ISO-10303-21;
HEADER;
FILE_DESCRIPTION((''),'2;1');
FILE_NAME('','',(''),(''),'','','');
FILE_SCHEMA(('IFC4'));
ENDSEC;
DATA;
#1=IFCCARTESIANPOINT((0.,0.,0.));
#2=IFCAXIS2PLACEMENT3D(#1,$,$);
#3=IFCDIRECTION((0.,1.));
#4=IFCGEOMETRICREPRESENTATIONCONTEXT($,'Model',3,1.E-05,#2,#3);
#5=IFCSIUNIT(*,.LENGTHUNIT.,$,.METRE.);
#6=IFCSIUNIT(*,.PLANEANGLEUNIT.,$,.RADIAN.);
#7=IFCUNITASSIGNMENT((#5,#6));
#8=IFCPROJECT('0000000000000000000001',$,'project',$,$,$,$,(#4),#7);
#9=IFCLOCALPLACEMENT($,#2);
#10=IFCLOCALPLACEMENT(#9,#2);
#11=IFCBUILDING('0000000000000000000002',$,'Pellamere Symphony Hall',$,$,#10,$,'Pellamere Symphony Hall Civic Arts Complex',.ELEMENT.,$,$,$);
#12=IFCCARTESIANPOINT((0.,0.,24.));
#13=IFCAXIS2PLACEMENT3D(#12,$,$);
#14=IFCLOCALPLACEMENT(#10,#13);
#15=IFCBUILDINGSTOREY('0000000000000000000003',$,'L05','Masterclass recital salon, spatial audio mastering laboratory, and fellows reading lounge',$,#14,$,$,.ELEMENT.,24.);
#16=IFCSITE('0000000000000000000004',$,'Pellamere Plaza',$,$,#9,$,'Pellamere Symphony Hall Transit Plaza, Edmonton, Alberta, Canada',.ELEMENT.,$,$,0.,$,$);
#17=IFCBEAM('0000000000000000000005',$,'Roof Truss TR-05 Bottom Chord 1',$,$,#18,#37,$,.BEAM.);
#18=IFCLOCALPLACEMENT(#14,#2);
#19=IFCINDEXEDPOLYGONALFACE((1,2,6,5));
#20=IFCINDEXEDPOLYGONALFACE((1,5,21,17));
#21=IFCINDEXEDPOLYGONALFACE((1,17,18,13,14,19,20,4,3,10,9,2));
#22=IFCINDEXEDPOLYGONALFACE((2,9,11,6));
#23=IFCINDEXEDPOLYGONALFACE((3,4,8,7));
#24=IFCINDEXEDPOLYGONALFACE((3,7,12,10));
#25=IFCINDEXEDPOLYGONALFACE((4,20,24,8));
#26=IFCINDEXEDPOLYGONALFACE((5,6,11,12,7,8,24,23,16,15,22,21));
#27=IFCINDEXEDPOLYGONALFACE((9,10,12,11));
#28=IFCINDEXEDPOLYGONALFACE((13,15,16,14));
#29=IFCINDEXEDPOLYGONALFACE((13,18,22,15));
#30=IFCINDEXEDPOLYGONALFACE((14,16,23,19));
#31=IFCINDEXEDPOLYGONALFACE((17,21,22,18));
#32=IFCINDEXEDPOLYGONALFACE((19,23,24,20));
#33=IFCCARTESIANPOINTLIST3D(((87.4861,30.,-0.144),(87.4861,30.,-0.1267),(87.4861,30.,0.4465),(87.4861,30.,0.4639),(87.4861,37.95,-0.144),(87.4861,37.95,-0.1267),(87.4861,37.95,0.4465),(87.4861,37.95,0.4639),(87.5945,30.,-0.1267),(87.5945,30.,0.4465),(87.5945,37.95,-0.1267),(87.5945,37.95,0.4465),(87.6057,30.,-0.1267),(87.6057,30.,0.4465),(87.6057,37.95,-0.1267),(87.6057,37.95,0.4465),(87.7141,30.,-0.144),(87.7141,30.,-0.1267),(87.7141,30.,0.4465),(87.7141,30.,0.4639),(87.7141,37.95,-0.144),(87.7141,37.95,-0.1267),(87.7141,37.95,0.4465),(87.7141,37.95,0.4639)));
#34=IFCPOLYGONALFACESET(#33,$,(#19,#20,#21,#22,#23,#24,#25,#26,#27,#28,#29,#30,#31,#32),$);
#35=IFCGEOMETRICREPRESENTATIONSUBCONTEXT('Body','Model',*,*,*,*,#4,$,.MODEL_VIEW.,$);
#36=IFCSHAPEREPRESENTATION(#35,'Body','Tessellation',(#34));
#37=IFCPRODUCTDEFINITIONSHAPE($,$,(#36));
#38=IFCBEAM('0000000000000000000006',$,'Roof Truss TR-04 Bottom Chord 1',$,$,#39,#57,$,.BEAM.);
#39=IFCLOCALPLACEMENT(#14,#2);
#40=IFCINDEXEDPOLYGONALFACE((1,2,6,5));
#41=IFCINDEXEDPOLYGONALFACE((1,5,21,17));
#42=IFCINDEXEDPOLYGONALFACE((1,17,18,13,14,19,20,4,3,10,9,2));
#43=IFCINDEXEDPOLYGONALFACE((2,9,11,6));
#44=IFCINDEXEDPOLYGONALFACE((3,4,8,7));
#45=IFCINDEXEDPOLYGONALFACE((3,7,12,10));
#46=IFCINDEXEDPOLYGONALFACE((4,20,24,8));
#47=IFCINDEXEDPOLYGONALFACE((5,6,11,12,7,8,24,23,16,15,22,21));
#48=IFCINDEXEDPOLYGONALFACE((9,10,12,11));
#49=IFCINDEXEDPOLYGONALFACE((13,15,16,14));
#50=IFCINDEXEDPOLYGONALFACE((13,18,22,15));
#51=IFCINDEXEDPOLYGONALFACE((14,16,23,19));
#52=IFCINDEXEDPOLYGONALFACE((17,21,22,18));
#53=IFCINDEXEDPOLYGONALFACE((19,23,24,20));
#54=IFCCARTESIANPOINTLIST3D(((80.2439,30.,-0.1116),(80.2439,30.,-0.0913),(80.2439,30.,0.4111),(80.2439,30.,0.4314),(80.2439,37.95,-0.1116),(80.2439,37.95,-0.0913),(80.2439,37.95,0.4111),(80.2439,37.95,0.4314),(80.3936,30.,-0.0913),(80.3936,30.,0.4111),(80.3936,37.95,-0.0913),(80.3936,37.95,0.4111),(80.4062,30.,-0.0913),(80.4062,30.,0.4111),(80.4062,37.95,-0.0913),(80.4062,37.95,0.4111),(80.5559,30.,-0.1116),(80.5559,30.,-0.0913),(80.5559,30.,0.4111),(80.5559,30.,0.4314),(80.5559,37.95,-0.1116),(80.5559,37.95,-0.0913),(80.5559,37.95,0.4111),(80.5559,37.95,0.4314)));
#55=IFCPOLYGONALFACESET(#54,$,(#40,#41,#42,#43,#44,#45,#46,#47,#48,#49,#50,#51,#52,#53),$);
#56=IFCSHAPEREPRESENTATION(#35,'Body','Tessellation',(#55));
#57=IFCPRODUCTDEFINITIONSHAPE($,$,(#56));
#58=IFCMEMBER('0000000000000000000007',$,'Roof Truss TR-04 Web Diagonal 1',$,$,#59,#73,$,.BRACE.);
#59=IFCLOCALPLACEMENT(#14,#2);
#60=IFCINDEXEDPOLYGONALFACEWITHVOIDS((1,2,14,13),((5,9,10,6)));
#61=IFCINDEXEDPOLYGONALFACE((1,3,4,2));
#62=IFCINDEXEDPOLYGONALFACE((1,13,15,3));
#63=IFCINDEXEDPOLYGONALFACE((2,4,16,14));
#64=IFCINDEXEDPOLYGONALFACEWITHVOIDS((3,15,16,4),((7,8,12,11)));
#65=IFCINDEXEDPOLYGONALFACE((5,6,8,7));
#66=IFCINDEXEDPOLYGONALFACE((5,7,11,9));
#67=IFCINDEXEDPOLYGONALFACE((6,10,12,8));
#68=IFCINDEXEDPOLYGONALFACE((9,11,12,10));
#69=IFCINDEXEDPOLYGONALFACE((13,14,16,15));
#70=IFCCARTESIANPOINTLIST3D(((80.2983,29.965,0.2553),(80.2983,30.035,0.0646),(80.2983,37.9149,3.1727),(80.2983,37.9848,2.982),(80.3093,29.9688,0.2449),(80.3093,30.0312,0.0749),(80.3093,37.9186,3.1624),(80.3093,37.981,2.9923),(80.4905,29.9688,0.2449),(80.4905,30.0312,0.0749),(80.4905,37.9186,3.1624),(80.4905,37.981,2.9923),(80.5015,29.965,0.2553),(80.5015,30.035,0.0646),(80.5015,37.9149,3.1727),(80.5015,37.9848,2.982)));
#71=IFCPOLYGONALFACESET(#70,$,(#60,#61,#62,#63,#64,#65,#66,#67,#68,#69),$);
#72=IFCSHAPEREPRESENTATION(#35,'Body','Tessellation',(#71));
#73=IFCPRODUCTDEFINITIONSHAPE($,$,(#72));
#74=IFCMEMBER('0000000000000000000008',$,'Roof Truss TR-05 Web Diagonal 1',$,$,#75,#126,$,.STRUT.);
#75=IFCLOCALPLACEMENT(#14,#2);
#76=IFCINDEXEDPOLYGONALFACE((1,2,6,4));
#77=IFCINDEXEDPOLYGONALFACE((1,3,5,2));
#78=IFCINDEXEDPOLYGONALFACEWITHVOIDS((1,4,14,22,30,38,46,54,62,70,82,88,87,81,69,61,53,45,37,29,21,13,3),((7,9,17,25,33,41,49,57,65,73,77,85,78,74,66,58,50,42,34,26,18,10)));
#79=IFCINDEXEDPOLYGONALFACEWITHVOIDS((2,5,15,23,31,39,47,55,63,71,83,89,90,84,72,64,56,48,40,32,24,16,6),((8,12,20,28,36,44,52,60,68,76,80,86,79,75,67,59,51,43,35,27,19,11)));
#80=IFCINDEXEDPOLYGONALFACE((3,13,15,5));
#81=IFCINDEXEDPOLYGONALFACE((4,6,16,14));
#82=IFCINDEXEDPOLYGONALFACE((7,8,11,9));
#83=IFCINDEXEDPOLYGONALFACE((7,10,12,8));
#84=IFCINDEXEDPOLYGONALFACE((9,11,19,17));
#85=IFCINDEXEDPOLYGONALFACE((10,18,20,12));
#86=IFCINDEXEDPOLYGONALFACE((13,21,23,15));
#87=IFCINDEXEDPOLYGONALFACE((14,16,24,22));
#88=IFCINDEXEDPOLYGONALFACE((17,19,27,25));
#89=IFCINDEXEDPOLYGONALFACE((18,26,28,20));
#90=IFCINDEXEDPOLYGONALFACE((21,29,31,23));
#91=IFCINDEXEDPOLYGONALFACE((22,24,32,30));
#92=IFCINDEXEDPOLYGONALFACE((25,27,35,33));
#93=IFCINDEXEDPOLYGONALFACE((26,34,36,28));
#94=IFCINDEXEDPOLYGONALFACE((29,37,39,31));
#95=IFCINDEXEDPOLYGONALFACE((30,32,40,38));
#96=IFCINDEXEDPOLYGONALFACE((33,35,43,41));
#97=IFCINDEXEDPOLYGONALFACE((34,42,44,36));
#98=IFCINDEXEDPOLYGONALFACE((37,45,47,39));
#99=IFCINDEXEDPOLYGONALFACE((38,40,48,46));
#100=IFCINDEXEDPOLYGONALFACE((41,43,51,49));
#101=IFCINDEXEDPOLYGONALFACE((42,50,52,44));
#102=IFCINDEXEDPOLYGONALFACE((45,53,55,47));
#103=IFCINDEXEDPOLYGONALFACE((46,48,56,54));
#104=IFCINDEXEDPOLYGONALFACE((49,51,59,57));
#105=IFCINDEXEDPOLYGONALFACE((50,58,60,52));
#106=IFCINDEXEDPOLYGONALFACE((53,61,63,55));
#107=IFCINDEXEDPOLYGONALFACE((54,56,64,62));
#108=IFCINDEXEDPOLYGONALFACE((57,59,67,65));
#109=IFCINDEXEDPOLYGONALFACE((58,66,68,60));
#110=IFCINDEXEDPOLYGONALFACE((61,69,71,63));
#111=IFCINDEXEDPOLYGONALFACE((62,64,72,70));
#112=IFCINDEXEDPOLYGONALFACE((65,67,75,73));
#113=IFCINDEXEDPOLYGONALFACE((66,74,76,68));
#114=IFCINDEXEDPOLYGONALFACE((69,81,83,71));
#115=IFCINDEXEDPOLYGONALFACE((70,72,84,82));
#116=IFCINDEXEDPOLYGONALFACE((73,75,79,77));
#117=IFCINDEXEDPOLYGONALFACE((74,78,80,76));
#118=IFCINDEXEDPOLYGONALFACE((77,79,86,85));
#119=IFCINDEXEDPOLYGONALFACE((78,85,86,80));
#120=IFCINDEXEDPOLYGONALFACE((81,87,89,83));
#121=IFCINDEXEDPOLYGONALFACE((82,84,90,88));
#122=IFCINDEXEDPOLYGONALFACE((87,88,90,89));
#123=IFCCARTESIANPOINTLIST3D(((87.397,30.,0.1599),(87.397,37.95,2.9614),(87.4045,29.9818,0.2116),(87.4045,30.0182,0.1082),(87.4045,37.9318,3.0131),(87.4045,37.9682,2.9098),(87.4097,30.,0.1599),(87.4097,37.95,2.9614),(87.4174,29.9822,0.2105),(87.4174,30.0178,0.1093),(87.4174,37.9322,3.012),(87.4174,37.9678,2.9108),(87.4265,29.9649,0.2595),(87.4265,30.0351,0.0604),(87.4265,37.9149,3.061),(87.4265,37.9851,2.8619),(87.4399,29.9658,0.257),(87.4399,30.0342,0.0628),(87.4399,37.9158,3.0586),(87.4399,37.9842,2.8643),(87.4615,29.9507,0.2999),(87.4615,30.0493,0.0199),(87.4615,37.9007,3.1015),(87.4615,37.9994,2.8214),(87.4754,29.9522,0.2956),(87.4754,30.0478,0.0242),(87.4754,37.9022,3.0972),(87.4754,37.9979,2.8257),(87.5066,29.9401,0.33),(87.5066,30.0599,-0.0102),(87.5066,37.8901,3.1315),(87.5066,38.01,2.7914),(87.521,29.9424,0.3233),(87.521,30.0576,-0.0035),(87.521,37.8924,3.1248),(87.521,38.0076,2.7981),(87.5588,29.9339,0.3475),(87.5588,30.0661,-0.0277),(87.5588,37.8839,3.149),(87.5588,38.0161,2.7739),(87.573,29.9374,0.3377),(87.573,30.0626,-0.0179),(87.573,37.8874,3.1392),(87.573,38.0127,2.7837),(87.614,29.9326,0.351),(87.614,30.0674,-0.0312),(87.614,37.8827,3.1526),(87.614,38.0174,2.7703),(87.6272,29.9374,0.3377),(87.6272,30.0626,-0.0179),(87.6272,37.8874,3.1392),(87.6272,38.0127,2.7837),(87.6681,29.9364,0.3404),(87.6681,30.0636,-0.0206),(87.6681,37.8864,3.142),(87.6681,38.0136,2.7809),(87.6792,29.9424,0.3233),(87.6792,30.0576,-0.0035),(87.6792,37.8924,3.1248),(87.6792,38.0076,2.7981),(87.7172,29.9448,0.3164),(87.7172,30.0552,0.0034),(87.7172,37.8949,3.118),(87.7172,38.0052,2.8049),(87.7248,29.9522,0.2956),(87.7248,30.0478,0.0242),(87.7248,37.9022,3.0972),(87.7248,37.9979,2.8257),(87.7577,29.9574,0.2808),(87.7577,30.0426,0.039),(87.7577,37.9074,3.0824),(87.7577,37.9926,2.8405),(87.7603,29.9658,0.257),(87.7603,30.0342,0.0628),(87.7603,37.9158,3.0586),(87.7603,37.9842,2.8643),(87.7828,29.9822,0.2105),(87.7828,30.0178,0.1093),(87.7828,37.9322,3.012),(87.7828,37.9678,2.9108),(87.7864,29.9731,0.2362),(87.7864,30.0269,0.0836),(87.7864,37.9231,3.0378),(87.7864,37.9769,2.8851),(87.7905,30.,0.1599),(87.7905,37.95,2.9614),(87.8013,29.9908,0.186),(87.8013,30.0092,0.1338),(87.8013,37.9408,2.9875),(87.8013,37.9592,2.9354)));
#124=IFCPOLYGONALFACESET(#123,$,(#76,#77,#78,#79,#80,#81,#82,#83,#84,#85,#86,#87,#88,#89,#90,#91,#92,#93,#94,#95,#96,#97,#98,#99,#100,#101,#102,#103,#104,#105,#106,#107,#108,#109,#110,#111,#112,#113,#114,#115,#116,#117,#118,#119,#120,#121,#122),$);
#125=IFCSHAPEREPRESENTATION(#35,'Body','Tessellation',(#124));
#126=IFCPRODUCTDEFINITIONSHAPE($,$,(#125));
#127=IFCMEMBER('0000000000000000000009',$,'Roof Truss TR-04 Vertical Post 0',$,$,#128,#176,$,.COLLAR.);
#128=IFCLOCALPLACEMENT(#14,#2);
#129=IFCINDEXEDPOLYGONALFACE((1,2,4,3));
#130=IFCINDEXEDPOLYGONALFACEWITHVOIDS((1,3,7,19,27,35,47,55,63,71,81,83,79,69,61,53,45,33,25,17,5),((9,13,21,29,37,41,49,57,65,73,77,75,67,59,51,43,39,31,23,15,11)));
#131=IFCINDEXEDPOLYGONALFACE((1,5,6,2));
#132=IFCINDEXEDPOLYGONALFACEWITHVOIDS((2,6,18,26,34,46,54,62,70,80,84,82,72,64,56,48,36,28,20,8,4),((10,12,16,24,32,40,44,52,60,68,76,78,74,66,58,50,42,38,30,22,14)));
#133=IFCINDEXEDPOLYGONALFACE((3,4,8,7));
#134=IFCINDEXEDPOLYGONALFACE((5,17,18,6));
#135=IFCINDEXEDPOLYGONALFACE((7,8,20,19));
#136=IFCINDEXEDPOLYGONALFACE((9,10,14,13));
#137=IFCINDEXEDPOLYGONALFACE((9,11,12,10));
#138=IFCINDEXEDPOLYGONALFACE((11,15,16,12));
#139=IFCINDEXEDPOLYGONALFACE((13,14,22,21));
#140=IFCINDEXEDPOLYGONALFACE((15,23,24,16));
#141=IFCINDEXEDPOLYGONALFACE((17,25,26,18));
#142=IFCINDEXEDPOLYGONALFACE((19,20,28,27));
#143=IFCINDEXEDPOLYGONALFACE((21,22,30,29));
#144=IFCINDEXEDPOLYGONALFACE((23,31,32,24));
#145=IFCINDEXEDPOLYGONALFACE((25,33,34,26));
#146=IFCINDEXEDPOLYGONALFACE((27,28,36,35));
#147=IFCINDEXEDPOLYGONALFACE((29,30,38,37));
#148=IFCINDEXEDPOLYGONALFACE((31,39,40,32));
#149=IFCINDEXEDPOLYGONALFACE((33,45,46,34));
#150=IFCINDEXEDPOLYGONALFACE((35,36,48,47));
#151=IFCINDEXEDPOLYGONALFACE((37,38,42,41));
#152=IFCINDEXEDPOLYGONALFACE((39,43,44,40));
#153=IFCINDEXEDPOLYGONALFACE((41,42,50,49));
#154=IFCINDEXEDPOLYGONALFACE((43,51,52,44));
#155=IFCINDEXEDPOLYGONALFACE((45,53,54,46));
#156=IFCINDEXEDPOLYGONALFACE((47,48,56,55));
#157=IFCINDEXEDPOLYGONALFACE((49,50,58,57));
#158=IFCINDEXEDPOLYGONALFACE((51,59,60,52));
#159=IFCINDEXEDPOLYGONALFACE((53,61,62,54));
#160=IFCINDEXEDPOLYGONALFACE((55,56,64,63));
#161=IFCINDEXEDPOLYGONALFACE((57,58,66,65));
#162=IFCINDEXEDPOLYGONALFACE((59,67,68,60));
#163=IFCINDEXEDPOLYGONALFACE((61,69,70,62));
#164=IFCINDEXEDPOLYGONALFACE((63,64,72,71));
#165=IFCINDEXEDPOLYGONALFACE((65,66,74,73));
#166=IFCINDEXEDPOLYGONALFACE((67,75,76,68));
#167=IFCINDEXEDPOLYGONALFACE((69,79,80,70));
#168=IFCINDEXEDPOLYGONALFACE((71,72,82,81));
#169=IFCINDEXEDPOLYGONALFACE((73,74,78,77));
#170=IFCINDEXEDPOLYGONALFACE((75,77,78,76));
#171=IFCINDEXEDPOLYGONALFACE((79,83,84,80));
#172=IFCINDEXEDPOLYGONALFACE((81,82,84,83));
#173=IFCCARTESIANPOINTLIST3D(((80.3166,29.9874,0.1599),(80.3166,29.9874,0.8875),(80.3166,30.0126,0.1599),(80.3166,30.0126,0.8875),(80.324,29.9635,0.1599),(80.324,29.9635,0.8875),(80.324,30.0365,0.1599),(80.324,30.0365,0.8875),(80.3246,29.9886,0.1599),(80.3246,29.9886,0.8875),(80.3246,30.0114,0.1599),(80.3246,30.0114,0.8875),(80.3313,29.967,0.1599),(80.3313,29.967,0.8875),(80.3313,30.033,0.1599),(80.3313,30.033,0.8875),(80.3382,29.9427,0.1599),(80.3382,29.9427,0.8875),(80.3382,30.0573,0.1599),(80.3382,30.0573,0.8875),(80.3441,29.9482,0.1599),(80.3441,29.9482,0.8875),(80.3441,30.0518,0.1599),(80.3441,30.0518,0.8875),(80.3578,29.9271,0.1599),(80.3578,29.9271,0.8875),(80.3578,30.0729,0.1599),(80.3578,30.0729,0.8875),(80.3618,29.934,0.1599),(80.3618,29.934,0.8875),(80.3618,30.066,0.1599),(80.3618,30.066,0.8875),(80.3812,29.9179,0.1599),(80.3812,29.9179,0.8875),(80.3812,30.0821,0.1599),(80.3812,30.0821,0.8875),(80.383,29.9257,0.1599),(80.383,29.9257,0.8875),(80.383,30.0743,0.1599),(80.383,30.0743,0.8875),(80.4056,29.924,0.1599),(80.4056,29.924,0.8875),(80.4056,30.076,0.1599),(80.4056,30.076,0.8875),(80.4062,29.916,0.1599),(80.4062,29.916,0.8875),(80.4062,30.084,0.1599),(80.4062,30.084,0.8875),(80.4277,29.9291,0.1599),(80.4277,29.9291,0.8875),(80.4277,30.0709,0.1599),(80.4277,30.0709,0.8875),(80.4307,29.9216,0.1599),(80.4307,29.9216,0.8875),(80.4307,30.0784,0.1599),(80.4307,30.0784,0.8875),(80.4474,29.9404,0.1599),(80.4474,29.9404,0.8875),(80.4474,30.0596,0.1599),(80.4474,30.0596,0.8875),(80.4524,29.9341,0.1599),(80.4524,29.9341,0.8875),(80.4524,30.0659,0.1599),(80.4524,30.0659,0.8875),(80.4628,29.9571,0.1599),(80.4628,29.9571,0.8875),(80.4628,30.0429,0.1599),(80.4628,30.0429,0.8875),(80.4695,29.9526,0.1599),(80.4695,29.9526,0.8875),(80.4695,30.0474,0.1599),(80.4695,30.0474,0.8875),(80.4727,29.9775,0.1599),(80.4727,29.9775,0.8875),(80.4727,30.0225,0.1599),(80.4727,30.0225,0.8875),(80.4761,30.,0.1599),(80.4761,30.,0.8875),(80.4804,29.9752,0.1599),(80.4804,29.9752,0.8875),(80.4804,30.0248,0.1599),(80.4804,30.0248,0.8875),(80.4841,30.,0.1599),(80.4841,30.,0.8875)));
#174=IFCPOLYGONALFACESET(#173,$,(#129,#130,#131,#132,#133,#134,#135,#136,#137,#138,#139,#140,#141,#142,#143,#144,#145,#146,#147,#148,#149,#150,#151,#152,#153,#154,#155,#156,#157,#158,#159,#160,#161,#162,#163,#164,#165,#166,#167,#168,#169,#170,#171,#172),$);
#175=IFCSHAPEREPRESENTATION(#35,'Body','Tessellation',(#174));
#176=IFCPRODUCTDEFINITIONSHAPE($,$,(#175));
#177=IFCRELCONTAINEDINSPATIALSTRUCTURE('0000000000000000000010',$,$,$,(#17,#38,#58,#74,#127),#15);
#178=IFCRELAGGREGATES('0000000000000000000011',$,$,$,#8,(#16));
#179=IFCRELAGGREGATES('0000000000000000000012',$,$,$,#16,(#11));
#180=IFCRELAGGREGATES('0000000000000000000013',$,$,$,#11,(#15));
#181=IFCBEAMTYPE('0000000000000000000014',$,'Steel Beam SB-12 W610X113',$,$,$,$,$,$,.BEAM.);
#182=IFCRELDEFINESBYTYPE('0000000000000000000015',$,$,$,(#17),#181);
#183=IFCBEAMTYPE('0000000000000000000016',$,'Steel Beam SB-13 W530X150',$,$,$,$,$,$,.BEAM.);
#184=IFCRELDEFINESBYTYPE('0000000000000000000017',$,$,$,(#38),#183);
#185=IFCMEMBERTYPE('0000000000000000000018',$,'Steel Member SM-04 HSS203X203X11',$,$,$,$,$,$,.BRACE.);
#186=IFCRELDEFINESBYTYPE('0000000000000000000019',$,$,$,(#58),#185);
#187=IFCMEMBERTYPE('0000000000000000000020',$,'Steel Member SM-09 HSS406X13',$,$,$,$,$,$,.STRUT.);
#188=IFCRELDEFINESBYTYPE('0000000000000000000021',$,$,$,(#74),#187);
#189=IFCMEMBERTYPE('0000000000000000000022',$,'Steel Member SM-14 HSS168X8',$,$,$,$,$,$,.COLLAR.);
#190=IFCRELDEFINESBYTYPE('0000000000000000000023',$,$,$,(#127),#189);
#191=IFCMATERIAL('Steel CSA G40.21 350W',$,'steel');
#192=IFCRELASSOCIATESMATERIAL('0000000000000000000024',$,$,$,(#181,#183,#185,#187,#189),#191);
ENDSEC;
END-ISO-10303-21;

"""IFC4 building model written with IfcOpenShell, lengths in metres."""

from ifc_helpers import new_model, si_unit, direction, frame, origin, origin_2d, place, context, subcontext, project, spatial, hollow_rectangle, hollow_circle, i_section, extrude, material, material_profile, profile_set, type_object, element, save


model = new_model("IFC4")

# Units and contexts
model_context = context("Model", 3, precision=1e-05, world=origin(), true_north=direction((0.0, 1.0)))
body_context = subcontext(model_context, "Body", "Model", "MODEL_VIEW")
ifc_project = project(units=[si_unit("LENGTHUNIT", "METRE"), si_unit("PLANEANGLEUNIT", "RADIAN")], contexts=[model_context])

# Site, building, storey
site_placement = place(None, origin())
site = spatial("IfcSite", under=ifc_project, at=site_placement, Name="Pellamere Plaza", LongName="Pellamere Symphony Hall Transit Plaza, Edmonton, Alberta, Canada", CompositionType="ELEMENT", RefElevation=0.0)
building_placement = place(site_placement, origin())
building = spatial("IfcBuilding", under=site, at=building_placement, Name="Pellamere Symphony Hall", LongName="Pellamere Symphony Hall Civic Arts Complex", CompositionType="ELEMENT")
storey_placement = place(building_placement, frame((0.0, 0.0, 24.0)))
storey = spatial("IfcBuildingStorey", under=building, at=storey_placement, Name="L05", Description="Masterclass recital salon, spatial audio mastering laboratory, and fellows reading lounge", CompositionType="ELEMENT", Elevation=24.0)

# Beams
ifc_material_1 = material(Name="Steel CSA G40.21 350W", Category="steel")
ifc_material_profile_1 = material_profile(ifc_material_1, i_section(OverallWidth=0.228, OverallDepth=0.6079, WebThickness=0.0112, FlangeThickness=0.0173, at=origin_2d()), Name="W610X113")
ifc_profile_set_1 = profile_set([ifc_material_profile_1], Name="Steel CSA G40.21 350W")
beam_type_1 = type_object("IfcBeamType", Name="Steel Beam SB-12 W610X113", PredefinedType="BEAM", material=ifc_profile_set_1)
beam_1_placement = place(storey_placement, frame((87.6001, 30.0, 0.1599), z_axis=(0.0, 1.0, 0.0), x_axis=(-1.0, 0.0, 0.0)))
element("IfcBeam", 1, at=beam_1_placement, inside=storey, type_object=beam_type_1, Name="Roof Truss TR-05 Bottom Chord 1", PredefinedType="BEAM", context=body_context, shape_type="SweptSolid", body=[
    extrude(i_section(OverallWidth=0.228, OverallDepth=0.6079, WebThickness=0.0112, FlangeThickness=0.0173, at=origin_2d()), origin(), (0.0, 0.0, 1.0), 7.95),
])
ifc_material_profile_2 = material_profile(ifc_material_1, i_section(OverallWidth=0.312, OverallDepth=0.543, WebThickness=0.0127, FlangeThickness=0.0203, at=origin_2d()), Name="W530X150")
ifc_profile_set_2 = profile_set([ifc_material_profile_2], Name="Steel CSA G40.21 350W")
beam_type_2 = type_object("IfcBeamType", Name="Steel Beam SB-13 W530X150", PredefinedType="BEAM", material=ifc_profile_set_2)
beam_2_placement = place(storey_placement, frame((80.3999, 30.0, 0.1599), z_axis=(0.0, 1.0, 0.0), x_axis=(-1.0, 0.0, 0.0)))
element("IfcBeam", 2, at=beam_2_placement, inside=storey, type_object=beam_type_2, Name="Roof Truss TR-04 Bottom Chord 1", PredefinedType="BEAM", context=body_context, shape_type="SweptSolid", body=[
    extrude(i_section(OverallWidth=0.312, OverallDepth=0.543, WebThickness=0.0127, FlangeThickness=0.0203, at=origin_2d()), origin(), (0.0, 0.0, 1.0), 7.95),
])

# Members
ifc_material_profile_3 = material_profile(ifc_material_1, hollow_rectangle(XDim=0.2031, YDim=0.2031, WallThickness=0.011, at=origin_2d()), Name="HSS203X203X11")
ifc_profile_set_3 = profile_set([ifc_material_profile_3], Name="Steel CSA G40.21 350W")
member_type_1 = type_object("IfcMemberType", Name="Steel Member SM-04 HSS203X203X11", PredefinedType="BRACE", material=ifc_profile_set_3)
member_1_placement = place(storey_placement, frame((80.3999, 30.0, 0.1599), z_axis=(0.0, 0.938781, 0.344515), x_axis=(-1.0, 0.0, 0.0)))
element("IfcMember", 3, at=member_1_placement, inside=storey, type_object=member_type_1, Name="Roof Truss TR-04 Web Diagonal 1", PredefinedType="BRACE", context=body_context, shape_type="SweptSolid", body=[
    extrude(hollow_rectangle(XDim=0.2031, YDim=0.2031, WallThickness=0.011, at=origin_2d()), origin(), (0.0, 0.0, 1.0), 8.4683),
])
ifc_material_profile_4 = material_profile(ifc_material_1, hollow_circle(Radius=0.2031, WallThickness=0.0127, at=origin_2d()), Name="HSS406X13")
ifc_profile_set_4 = profile_set([ifc_material_profile_4], Name="Steel CSA G40.21 350W")
member_type_2 = type_object("IfcMemberType", Name="Steel Member SM-09 HSS406X13", PredefinedType="STRUT", material=ifc_profile_set_4)
member_2_placement = place(storey_placement, frame((87.6001, 30.0, 0.1599), z_axis=(0.0, 0.943152, 0.332361), x_axis=(-1.0, 0.0, 0.0)))
element("IfcMember", 4, at=member_2_placement, inside=storey, type_object=member_type_2, Name="Roof Truss TR-05 Web Diagonal 1", PredefinedType="STRUT", context=body_context, shape_type="SweptSolid", body=[
    extrude(hollow_circle(Radius=0.2031, WallThickness=0.0127, at=origin_2d()), origin(), (0.0, 0.0, 1.0), 8.4292),
])
ifc_material_profile_5 = material_profile(ifc_material_1, hollow_circle(Radius=0.0842, WallThickness=0.0081, at=origin_2d()), Name="HSS168X8")
ifc_profile_set_5 = profile_set([ifc_material_profile_5], Name="Steel CSA G40.21 350W")
member_type_3 = type_object("IfcMemberType", Name="Steel Member SM-14 HSS168X8", PredefinedType="COLLAR", material=ifc_profile_set_5)
member_3_placement = place(storey_placement, frame((80.3999, 30.0, 0.1599), z_axis=(0.0, 0.0, 1.0), x_axis=(1.0, 0.0, 0.0)))
element("IfcMember", 5, at=member_3_placement, inside=storey, type_object=member_type_3, Name="Roof Truss TR-04 Vertical Post 0", PredefinedType="COLLAR", context=body_context, shape_type="SweptSolid", body=[
    extrude(hollow_circle(Radius=0.0842, WallThickness=0.0081, at=origin_2d()), origin(), (0.0, 0.0, 1.0), 0.7275),
])

save(model, "model.ifc")
